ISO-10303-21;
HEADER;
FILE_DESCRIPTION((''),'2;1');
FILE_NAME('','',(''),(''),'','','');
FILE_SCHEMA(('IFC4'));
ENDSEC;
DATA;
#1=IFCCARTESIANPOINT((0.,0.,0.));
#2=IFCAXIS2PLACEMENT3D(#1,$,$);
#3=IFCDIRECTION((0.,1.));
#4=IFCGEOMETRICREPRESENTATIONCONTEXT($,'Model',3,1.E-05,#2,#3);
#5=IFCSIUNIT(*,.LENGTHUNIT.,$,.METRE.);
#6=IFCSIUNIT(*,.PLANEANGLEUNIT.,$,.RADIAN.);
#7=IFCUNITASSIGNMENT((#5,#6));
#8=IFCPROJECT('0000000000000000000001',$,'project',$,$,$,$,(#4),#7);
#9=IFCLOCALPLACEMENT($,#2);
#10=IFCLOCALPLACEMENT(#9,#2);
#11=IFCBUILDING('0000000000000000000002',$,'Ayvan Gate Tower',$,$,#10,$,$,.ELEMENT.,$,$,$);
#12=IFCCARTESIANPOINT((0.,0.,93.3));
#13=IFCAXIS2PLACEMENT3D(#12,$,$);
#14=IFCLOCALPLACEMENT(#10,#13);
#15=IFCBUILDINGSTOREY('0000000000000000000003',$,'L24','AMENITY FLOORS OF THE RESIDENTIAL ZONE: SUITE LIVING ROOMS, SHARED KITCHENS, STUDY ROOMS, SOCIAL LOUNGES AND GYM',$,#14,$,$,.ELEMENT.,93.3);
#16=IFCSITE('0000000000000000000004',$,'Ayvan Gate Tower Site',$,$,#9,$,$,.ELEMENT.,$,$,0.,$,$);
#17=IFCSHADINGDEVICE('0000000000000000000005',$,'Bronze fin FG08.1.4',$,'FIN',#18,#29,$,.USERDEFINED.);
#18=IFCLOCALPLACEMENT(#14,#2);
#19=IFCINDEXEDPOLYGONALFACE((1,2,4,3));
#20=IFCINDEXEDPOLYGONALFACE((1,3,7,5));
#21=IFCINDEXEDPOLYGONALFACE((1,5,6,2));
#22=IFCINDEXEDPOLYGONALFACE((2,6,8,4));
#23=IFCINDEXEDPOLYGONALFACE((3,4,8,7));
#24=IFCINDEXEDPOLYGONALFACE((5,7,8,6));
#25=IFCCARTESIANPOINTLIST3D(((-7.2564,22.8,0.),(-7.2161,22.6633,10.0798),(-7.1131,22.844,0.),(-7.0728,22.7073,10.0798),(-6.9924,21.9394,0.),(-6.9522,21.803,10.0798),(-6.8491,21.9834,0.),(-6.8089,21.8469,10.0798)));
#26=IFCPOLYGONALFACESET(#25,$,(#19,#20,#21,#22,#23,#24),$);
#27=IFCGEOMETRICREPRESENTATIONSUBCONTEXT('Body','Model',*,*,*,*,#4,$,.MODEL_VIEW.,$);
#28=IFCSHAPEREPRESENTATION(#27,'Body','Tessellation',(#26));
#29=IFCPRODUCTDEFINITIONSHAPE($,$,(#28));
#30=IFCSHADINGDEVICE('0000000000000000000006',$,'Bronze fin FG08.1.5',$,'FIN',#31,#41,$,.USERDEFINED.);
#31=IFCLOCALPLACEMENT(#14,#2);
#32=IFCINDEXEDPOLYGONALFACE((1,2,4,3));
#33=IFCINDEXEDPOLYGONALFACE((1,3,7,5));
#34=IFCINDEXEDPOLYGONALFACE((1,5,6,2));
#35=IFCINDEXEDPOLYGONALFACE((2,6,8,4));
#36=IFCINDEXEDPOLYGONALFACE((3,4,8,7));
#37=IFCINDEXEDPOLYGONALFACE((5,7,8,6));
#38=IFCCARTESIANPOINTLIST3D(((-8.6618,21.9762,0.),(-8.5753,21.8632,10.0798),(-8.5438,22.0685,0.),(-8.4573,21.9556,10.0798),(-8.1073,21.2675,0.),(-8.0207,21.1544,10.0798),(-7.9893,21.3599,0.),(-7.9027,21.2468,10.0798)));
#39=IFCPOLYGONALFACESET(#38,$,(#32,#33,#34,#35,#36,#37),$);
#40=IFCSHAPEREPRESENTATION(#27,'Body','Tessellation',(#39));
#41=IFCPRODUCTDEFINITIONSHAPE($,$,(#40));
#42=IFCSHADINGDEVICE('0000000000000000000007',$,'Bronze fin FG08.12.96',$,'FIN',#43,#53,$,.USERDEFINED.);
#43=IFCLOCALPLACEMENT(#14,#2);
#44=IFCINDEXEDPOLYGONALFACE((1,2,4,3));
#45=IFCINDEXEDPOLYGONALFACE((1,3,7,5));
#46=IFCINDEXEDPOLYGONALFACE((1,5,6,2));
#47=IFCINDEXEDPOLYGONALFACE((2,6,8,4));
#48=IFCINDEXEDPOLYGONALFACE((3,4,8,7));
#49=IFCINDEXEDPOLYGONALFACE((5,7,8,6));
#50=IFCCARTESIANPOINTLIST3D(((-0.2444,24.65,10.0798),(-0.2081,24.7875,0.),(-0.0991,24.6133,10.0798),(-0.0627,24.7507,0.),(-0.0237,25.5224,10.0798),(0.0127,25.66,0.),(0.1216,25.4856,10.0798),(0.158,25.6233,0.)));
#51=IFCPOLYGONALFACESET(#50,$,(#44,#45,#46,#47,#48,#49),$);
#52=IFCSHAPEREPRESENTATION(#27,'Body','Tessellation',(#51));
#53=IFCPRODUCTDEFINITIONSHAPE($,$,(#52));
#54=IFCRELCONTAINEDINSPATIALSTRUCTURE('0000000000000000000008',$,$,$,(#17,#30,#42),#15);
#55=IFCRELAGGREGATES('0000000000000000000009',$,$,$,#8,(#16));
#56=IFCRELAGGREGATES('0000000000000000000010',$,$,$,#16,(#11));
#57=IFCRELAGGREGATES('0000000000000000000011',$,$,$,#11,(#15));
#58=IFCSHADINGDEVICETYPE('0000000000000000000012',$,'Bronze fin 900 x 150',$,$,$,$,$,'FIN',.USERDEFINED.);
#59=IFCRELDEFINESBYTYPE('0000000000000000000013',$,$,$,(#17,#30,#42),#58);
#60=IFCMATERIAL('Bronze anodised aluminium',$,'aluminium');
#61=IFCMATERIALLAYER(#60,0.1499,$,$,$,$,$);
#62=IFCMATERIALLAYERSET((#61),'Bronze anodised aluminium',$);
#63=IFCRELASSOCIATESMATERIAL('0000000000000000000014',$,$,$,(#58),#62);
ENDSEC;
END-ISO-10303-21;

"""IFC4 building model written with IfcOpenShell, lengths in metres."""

from ifc_helpers import new_model, si_unit, direction, frame, origin, place, context, subcontext, project, spatial, polyline, outline, extrude, material, layer, layer_set, type_object, element, save


model = new_model("IFC4")

# Units and contexts
model_context = context("Model", 3, precision=1e-05, world=origin(), true_north=direction((0.0, 1.0)))
body_context = subcontext(model_context, "Body", "Model", "MODEL_VIEW")
ifc_project = project(units=[si_unit("LENGTHUNIT", "METRE"), si_unit("PLANEANGLEUNIT", "RADIAN")], contexts=[model_context])

# Site, building, storey
site_placement = place(None, origin())
site = spatial("IfcSite", under=ifc_project, at=site_placement, Name="Ayvan Gate Tower Site", CompositionType="ELEMENT", RefElevation=0.0)
building_placement = place(site_placement, origin())
building = spatial("IfcBuilding", under=site, at=building_placement, Name="Ayvan Gate Tower", CompositionType="ELEMENT")
storey_placement = place(building_placement, frame((0.0, 0.0, 93.3)))
storey = spatial("IfcBuildingStorey", under=building, at=storey_placement, Name="L24", Description="AMENITY FLOORS OF THE RESIDENTIAL ZONE: SUITE LIVING ROOMS, SHARED KITCHENS, STUDY ROOMS, SOCIAL LOUNGES AND GYM", CompositionType="ELEMENT", Elevation=93.3)

# Shared definitions
ifc_material_1 = material(Name="Bronze anodised aluminium", Category="aluminium")

# Shading devices
ifc_layer_1 = layer(ifc_material_1, 0.1499)
ifc_layer_set_1 = layer_set([ifc_layer_1], Name="Bronze anodised aluminium")
shading_device_type = type_object("IfcShadingDeviceType", Name="Bronze fin 900 x 150", ElementType="FIN", PredefinedType="USERDEFINED", material=ifc_layer_set_1)
shading_device_1_placement = place(storey_placement, frame((-6.8491, 21.9834, 0.0), z_axis=(0.956043, 0.293228, 0.000153), x_axis=(-0.293228, 0.956043, 0.0)))
element("IfcShadingDevice", 1, at=shading_device_1_placement, inside=storey, type_object=shading_device_type, Name="Bronze fin FG08.1.4", ObjectType="FIN", PredefinedType="USERDEFINED", context=body_context, shape_type="SweptSolid", body=[
    extrude(outline(polyline([(0.0, 0.0), (0.9002, 0.0), (0.7576, 10.0798), (-0.1423, 10.0798), (0.0, 0.0)])), origin(), (0.0, 0.0, -1.0), 0.1499),
])
shading_device_2_placement = place(storey_placement, frame((-7.9893, 21.3599, 0.0), z_axis=(0.787559, 0.616239, 0.000148), x_axis=(-0.616239, 0.787559, 0.0)))
element("IfcShadingDevice", 2, at=shading_device_2_placement, inside=storey, type_object=shading_device_type, Name="Bronze fin FG08.1.5", ObjectType="FIN", PredefinedType="USERDEFINED", context=body_context, shape_type="SweptSolid", body=[
    extrude(outline(polyline([(0.0, 0.0), (0.8998, 0.0), (0.7576, 10.0798), (-0.1424, 10.0798), (0.0, 0.0)])), origin(), (0.0, 0.0, -1.0), 0.1499),
])
shading_device_3_placement = place(storey_placement, frame((-0.0627, 24.7507, 0.0), z_axis=(0.96946, -0.245248, 0.000151), x_axis=(0.245248, 0.96946, 0.0)))
element("IfcShadingDevice", 3, at=shading_device_3_placement, inside=storey, type_object=shading_device_type, Name="Bronze fin FG08.12.96", ObjectType="FIN", PredefinedType="USERDEFINED", context=body_context, shape_type="SweptSolid", body=[
    extrude(outline(polyline([(0.0, 0.0), (0.9, 0.0), (0.7576, 10.0798), (-0.1422, 10.0798), (0.0, 0.0)])), origin(), (0.0, 0.0, -1.0), 0.1499),
])

save(model, "model.ifc")
